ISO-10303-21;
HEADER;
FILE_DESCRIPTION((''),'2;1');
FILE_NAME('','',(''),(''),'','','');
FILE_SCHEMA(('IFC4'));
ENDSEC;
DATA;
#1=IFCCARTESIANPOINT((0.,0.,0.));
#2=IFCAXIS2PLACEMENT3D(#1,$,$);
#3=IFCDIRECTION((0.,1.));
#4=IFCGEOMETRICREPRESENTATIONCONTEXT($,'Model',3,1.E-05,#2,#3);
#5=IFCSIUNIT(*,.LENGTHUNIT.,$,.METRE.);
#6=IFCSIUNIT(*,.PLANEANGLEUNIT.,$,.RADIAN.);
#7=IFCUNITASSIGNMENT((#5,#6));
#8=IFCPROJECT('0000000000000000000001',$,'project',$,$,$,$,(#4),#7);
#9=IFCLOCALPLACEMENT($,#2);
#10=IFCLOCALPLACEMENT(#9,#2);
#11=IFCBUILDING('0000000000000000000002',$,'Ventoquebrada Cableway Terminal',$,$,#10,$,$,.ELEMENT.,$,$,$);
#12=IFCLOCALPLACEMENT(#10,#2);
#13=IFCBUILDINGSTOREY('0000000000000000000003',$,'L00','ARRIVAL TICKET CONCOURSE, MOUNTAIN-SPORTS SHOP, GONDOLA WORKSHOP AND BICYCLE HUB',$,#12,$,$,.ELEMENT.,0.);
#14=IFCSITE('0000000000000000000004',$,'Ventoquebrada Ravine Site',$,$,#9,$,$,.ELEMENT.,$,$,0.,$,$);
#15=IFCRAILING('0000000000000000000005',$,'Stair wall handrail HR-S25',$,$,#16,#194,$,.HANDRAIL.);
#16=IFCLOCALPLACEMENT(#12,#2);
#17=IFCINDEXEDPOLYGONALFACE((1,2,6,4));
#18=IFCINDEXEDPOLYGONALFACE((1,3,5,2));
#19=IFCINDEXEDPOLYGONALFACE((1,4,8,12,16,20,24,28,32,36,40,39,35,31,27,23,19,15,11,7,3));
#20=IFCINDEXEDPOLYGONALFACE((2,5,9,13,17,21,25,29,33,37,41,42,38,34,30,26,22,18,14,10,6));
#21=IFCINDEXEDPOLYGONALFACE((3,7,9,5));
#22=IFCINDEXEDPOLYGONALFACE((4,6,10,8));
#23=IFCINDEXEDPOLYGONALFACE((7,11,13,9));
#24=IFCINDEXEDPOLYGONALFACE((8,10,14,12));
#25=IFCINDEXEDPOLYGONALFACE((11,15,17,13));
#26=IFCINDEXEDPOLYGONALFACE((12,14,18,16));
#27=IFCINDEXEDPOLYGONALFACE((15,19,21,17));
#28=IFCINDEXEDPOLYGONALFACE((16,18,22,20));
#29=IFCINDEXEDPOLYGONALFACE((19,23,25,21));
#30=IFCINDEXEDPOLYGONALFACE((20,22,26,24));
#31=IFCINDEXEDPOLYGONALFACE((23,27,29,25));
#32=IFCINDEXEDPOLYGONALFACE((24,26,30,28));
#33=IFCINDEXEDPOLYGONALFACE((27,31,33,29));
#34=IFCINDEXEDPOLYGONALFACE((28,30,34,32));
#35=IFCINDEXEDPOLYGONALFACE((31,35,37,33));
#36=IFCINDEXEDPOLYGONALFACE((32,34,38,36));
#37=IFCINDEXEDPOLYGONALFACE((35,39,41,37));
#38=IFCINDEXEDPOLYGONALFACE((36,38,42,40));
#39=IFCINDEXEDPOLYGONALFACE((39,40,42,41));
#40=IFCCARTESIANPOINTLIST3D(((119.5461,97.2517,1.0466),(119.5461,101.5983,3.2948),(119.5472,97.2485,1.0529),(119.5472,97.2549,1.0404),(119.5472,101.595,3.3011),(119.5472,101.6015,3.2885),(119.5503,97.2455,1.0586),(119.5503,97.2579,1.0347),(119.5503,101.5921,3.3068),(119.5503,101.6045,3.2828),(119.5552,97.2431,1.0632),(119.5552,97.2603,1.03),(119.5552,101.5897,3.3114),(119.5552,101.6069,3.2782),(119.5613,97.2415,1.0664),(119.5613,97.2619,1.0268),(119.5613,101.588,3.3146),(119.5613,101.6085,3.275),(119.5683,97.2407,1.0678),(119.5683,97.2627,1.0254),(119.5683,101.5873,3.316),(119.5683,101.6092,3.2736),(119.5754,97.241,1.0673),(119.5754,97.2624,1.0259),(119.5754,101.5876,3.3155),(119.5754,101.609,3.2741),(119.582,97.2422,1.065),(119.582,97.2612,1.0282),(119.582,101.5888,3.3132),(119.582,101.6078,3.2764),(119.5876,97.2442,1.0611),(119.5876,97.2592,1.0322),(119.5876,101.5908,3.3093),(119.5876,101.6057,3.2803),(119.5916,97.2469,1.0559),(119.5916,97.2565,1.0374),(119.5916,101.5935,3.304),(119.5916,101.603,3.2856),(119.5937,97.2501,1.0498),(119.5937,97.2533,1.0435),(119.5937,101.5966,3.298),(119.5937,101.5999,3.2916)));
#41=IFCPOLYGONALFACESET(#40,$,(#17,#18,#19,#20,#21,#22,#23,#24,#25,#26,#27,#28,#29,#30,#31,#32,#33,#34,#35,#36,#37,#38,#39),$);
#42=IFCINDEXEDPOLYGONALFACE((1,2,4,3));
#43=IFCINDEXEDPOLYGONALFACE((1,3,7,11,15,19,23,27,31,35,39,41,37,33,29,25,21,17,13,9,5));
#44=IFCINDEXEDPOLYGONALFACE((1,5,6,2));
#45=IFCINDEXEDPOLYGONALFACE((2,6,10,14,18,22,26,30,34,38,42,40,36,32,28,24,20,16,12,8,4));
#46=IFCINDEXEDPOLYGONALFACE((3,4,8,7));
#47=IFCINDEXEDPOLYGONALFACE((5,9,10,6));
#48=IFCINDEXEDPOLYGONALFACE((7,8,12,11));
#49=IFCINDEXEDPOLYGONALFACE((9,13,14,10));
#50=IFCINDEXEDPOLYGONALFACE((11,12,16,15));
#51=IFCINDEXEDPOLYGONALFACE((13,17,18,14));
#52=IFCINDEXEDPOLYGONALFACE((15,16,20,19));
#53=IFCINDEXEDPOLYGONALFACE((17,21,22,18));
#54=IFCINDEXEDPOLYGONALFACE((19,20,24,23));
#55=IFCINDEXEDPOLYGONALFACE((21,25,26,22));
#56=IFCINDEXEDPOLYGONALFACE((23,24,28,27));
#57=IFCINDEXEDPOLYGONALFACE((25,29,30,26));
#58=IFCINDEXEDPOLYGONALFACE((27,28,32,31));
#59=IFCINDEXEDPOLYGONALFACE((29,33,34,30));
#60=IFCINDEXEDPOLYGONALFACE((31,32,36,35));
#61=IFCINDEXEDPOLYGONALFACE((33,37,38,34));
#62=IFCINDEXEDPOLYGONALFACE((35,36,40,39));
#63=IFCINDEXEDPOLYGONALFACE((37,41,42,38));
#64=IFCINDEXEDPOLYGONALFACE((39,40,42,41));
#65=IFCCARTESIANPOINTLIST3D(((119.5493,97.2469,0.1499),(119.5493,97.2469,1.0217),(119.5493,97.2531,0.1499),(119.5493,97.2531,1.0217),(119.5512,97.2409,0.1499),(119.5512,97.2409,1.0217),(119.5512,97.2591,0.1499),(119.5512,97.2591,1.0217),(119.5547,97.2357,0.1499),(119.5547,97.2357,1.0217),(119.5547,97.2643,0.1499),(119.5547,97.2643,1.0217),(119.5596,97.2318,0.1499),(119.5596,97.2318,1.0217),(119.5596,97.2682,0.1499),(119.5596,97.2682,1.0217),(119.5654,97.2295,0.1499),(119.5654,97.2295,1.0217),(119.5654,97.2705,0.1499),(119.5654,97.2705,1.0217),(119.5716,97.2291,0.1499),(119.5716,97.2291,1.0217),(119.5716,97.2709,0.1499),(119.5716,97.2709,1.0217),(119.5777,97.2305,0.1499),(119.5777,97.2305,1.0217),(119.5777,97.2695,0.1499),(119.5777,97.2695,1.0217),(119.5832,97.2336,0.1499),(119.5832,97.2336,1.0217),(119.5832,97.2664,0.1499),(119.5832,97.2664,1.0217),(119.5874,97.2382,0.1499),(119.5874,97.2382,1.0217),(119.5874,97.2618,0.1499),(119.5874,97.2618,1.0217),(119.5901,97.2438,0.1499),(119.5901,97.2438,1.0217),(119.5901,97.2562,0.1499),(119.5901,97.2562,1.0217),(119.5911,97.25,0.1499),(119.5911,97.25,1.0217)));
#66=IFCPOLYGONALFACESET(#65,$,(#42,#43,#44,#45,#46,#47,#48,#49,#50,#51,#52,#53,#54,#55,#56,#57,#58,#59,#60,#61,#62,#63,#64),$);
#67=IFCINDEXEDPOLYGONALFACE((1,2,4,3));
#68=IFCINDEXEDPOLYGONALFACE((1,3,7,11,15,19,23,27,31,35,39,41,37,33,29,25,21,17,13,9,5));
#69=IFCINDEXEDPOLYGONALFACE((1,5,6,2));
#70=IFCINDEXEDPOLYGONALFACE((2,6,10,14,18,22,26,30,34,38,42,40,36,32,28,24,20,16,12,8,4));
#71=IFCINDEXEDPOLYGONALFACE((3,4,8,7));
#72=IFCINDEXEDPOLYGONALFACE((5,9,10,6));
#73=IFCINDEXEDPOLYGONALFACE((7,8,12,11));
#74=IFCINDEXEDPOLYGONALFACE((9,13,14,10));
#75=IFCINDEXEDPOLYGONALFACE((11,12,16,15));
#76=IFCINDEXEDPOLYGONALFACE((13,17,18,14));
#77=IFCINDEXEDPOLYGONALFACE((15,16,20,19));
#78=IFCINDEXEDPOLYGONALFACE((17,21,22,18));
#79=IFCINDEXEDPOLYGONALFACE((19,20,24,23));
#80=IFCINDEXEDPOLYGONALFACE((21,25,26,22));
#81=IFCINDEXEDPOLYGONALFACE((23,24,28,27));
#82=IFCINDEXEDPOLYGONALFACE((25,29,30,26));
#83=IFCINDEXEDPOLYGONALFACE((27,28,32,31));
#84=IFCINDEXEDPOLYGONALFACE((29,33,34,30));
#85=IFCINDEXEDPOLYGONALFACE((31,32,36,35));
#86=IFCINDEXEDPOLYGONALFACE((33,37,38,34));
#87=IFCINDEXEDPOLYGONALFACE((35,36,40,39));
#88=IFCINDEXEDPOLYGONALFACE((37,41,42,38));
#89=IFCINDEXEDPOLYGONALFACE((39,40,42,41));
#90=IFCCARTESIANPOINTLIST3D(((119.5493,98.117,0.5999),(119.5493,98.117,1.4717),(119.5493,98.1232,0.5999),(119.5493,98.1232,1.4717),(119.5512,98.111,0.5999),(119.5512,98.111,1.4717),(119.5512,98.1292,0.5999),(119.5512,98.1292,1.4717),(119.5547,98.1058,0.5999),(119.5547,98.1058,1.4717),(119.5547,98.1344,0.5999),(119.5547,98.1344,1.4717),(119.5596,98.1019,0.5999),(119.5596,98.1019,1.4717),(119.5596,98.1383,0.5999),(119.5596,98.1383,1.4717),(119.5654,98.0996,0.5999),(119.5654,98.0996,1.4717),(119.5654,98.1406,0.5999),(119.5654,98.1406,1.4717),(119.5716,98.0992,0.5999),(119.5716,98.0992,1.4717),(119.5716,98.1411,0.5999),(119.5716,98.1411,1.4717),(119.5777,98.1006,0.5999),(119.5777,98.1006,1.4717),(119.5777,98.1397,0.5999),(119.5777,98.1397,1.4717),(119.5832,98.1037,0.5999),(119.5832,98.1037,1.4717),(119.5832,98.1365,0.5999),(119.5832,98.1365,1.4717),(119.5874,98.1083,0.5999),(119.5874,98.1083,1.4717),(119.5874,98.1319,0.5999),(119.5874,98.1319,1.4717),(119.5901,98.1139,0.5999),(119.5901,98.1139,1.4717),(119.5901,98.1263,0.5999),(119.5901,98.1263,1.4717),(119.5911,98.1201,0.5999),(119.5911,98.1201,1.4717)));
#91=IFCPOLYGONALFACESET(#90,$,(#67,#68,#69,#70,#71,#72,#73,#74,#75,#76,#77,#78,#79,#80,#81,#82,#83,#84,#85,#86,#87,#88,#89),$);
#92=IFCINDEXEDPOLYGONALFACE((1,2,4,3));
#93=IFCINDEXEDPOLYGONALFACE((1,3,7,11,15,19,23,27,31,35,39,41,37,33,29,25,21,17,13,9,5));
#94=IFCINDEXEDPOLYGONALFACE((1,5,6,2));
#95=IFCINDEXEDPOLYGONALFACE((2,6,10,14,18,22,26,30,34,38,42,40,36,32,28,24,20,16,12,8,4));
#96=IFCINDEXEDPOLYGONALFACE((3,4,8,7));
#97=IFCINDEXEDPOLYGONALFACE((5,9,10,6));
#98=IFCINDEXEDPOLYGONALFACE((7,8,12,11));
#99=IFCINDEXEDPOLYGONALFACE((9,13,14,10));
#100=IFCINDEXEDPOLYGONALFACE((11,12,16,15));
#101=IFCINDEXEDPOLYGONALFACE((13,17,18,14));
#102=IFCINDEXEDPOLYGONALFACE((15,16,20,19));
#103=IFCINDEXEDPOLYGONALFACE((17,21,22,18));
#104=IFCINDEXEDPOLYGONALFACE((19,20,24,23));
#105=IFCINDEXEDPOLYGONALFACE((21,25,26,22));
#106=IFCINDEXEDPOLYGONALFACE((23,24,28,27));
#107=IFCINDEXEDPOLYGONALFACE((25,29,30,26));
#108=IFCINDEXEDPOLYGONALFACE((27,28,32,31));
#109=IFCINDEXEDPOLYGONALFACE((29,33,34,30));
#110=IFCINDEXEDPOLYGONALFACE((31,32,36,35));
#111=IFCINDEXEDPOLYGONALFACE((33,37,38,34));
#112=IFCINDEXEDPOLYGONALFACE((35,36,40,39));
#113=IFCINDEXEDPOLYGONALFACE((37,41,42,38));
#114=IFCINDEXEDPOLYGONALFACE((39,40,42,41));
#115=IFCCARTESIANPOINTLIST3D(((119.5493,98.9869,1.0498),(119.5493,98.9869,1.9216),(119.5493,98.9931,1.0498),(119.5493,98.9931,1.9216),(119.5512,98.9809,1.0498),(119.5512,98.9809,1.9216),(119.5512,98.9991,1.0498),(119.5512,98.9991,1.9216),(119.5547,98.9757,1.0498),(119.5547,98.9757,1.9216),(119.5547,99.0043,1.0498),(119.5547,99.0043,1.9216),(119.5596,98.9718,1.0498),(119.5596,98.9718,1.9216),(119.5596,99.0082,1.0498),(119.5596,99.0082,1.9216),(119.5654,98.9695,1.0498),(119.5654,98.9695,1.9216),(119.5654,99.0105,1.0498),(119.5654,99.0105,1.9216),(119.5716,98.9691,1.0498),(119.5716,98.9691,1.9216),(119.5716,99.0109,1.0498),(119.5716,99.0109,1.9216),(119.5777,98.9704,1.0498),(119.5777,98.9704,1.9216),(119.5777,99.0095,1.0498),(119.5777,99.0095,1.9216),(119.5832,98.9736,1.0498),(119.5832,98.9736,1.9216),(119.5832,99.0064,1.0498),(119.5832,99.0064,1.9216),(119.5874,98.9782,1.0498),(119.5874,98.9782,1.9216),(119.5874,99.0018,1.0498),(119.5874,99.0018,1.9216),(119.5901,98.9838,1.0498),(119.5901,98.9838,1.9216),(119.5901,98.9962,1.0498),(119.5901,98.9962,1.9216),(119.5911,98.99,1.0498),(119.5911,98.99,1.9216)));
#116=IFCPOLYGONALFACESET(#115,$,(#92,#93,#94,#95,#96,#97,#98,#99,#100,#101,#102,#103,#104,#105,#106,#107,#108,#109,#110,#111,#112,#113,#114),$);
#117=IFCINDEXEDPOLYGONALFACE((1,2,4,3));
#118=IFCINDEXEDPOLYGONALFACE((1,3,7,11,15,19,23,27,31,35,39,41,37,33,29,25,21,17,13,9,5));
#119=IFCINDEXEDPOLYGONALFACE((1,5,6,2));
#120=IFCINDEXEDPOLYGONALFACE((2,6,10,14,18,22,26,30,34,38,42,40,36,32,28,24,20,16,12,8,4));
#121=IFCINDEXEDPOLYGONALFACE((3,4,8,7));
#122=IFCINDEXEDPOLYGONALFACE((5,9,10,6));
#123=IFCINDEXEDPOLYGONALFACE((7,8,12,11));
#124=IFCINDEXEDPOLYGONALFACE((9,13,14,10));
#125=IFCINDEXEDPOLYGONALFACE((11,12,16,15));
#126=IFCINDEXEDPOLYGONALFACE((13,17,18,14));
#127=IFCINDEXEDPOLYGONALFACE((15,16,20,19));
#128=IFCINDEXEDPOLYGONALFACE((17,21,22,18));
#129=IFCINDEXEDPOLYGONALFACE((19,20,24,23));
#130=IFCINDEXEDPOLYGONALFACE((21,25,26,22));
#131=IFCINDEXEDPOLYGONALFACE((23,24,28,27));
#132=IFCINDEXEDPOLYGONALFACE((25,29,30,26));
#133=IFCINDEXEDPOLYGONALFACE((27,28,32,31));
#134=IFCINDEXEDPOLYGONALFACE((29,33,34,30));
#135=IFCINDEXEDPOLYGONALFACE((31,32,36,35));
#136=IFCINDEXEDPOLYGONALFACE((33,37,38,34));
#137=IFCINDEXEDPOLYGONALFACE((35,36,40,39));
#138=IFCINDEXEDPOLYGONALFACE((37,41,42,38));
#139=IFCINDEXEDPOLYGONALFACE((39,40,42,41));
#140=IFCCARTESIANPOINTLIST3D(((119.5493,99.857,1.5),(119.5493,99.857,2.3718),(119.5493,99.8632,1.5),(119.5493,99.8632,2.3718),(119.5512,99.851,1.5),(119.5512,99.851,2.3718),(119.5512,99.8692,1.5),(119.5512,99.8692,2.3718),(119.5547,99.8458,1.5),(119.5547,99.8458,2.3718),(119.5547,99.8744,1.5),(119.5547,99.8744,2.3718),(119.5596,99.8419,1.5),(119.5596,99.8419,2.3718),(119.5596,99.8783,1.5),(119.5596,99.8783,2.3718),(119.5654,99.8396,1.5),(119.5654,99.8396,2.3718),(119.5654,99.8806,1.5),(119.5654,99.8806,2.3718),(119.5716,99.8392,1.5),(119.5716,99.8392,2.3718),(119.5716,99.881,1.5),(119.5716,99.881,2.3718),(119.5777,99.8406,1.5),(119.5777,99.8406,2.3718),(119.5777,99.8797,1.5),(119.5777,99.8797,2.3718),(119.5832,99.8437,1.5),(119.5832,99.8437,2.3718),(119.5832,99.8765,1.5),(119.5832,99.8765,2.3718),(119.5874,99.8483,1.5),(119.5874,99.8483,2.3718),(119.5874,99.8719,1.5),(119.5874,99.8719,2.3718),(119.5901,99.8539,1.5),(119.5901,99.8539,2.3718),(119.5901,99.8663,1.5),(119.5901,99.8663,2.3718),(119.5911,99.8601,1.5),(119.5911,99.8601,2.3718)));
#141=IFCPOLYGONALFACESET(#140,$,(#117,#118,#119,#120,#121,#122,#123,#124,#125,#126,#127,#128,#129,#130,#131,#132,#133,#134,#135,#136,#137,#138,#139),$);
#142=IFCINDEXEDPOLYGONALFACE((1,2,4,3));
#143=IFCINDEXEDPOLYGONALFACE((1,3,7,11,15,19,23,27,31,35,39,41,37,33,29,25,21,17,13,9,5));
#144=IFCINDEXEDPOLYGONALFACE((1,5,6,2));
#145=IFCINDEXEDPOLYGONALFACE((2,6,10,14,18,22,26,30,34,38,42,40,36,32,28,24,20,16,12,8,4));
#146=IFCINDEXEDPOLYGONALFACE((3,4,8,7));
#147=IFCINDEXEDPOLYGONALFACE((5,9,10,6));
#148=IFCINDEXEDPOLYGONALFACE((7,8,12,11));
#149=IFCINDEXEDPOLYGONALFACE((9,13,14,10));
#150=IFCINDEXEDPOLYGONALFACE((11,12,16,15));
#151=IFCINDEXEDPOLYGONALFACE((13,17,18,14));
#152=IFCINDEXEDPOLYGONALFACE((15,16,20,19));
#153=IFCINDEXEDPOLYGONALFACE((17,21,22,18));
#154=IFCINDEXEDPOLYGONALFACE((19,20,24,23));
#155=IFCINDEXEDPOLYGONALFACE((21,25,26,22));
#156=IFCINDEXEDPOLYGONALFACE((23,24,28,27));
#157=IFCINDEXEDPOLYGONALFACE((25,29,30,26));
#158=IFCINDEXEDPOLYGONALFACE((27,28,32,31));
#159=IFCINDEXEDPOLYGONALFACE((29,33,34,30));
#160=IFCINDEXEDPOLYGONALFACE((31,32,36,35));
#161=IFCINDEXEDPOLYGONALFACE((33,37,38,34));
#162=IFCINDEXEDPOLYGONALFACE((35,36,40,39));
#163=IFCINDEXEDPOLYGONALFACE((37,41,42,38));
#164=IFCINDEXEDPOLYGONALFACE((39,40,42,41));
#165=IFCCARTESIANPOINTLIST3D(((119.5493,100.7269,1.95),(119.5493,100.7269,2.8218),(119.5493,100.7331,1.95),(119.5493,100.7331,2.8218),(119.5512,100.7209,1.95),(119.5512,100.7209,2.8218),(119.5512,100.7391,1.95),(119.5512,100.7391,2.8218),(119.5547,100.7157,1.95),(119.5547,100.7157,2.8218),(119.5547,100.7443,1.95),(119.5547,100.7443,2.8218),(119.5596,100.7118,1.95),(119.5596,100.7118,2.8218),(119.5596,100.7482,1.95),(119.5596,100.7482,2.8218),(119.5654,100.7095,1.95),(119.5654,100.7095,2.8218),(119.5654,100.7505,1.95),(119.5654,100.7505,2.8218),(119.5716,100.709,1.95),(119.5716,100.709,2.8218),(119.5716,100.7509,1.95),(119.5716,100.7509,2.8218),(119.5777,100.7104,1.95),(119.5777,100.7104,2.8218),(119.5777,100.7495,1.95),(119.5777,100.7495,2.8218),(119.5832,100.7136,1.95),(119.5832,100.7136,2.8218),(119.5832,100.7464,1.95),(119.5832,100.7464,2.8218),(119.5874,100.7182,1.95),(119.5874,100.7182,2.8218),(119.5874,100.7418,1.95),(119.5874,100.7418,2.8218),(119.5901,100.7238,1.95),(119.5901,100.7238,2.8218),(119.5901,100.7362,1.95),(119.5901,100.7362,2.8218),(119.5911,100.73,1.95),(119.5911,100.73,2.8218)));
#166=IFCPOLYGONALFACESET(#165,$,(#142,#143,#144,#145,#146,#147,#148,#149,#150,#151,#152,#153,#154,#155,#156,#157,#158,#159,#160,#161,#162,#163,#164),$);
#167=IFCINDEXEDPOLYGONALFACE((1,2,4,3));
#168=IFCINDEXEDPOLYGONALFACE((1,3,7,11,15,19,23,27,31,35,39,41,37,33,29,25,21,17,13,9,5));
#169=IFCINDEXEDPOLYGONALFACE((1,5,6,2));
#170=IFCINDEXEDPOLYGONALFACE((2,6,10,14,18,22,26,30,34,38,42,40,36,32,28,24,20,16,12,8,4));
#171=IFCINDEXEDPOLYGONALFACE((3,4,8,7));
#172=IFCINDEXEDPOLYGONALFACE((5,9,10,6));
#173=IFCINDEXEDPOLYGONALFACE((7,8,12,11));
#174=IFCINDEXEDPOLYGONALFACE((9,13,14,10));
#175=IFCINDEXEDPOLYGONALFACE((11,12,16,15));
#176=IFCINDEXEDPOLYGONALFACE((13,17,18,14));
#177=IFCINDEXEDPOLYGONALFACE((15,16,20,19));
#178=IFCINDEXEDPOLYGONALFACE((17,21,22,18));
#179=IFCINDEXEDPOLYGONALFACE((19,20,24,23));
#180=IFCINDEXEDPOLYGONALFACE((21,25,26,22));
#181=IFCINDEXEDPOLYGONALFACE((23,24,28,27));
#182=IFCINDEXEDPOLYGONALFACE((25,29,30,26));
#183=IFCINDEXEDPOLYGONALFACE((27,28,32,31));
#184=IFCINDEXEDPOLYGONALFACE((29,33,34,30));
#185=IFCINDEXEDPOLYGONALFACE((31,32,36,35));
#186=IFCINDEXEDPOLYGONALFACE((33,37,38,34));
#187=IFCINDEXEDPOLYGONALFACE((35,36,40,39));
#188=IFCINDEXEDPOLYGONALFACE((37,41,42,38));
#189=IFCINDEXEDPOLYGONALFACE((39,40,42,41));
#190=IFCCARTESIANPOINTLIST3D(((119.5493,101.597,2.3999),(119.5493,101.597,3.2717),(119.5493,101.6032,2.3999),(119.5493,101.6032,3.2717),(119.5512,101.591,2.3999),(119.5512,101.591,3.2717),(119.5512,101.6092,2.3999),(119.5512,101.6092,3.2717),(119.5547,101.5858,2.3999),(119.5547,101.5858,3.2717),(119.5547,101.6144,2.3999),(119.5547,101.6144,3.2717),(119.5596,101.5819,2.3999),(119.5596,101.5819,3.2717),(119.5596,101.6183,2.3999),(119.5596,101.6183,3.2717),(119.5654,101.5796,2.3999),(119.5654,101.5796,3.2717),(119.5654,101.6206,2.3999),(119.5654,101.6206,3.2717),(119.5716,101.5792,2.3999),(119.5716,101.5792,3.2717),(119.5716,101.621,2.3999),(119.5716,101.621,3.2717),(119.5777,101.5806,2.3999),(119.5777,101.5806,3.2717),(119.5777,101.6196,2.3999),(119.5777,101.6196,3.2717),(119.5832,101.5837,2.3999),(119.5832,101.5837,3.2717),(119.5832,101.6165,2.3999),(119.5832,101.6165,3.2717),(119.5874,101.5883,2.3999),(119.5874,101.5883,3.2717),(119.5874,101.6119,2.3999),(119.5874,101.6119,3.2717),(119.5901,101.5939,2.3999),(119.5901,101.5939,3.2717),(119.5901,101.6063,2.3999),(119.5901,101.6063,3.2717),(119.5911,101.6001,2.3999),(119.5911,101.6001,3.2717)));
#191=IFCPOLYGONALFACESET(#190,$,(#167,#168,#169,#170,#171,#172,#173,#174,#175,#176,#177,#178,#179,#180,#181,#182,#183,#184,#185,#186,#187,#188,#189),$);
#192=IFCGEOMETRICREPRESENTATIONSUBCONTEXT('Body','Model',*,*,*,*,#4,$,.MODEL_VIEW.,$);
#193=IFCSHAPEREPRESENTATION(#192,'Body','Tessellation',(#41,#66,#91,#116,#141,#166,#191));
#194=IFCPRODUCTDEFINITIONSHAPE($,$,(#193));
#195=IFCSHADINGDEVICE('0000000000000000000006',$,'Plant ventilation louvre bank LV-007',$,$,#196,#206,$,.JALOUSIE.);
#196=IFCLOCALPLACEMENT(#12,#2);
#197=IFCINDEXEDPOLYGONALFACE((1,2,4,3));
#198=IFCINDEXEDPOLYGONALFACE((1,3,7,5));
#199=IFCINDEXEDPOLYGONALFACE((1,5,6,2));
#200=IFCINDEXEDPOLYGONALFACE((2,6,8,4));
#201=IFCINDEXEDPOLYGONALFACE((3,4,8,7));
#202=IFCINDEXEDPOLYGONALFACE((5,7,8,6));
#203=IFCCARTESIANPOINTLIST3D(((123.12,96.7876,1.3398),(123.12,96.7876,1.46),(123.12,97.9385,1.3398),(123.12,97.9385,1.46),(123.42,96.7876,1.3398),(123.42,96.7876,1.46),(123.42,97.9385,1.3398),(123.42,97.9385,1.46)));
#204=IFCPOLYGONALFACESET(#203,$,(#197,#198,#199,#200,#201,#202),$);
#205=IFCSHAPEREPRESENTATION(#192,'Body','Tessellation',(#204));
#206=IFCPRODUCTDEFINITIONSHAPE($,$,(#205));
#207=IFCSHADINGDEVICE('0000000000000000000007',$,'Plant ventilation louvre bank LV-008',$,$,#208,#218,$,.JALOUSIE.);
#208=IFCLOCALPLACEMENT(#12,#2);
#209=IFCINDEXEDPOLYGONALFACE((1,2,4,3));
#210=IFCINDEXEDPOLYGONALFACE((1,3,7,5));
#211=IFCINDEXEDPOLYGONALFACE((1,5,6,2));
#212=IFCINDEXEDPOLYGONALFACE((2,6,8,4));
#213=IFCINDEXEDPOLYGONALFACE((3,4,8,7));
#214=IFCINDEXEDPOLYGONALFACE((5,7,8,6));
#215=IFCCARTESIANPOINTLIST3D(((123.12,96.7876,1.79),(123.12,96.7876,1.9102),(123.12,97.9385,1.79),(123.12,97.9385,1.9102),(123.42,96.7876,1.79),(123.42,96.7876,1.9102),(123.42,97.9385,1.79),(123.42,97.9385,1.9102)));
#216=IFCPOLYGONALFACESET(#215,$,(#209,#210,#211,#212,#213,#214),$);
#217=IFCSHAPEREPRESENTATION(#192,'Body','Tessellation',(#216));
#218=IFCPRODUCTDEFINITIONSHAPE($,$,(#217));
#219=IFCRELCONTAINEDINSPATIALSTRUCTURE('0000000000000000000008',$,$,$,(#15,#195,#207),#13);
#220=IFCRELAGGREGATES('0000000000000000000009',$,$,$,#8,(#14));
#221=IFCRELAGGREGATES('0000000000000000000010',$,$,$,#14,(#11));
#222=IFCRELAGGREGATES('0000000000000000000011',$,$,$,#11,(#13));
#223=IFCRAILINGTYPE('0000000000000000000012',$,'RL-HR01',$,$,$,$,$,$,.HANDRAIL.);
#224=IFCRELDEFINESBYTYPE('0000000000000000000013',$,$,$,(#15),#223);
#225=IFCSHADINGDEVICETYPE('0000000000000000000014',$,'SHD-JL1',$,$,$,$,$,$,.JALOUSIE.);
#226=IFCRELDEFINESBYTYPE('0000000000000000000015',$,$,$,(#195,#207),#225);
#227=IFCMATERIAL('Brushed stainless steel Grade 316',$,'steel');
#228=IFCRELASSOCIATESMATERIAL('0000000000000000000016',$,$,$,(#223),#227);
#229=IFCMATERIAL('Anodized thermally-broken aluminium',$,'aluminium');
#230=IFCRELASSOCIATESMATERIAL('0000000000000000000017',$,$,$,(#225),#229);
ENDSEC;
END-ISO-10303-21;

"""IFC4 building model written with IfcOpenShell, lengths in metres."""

from ifc_helpers import new_model, si_unit, direction, frame, origin, origin_2d, place, context, subcontext, project, spatial, rectangle, circle, extrude, material, type_object, element, save


model = new_model("IFC4")

# Units and contexts
model_context = context("Model", 3, precision=1e-05, world=origin(), true_north=direction((0.0, 1.0)))
body_context = subcontext(model_context, "Body", "Model", "MODEL_VIEW")
ifc_project = project(units=[si_unit("LENGTHUNIT", "METRE"), si_unit("PLANEANGLEUNIT", "RADIAN")], contexts=[model_context])

# Site, building, storey
site_placement = place(None, origin())
site = spatial("IfcSite", under=ifc_project, at=site_placement, Name="Ventoquebrada Ravine Site", CompositionType="ELEMENT", RefElevation=0.0)
building_placement = place(site_placement, origin())
building = spatial("IfcBuilding", under=site, at=building_placement, Name="Ventoquebrada Cableway Terminal", CompositionType="ELEMENT")
storey_placement = place(building_placement, origin())
storey = spatial("IfcBuildingStorey", under=building, at=storey_placement, Name="L00", Description="ARRIVAL TICKET CONCOURSE, MOUNTAIN-SPORTS SHOP, GONDOLA WORKSHOP AND BICYCLE HUB", CompositionType="ELEMENT", Elevation=0.0)

# Railing
ifc_material_1 = material(Name="Brushed stainless steel Grade 316", Category="steel")
railing_type = type_object("IfcRailingType", Name="RL-HR01", PredefinedType="HANDRAIL", material=ifc_material_1)
railing_placement = place(storey_placement, frame((119.5701, 97.25, 0.1499)))
element("IfcRailing", 1, at=railing_placement, inside=storey, type_object=railing_type, Name="Stair wall handrail HR-S25", PredefinedType="HANDRAIL", context=body_context, shape_type="SweptSolid", body=[
    extrude(circle(Radius=0.0239, at=origin_2d()), frame((0.0, 0.0017, 0.8967), z_axis=(0.0, 0.888222, 0.459415), x_axis=(-1.0, 0.0, 0.0)), (0.0, 0.0, 1.0), 4.8936),
    extrude(circle(Radius=0.021, at=origin_2d()), origin(), (0.0, 0.0, 1.0), 0.8718),
    extrude(circle(Radius=0.021, at=origin_2d()), frame((0.0, 0.8701, 0.45)), (0.0, 0.0, 1.0), 0.8718),
    extrude(circle(Radius=0.021, at=origin_2d()), frame((0.0, 1.74, 0.8999)), (0.0, 0.0, 1.0), 0.8718),
    extrude(circle(Radius=0.021, at=origin_2d()), frame((0.0, 2.6101, 1.3501)), (0.0, 0.0, 1.0), 0.8718),
    extrude(circle(Radius=0.021, at=origin_2d()), frame((0.0, 3.48, 1.8)), (0.0, 0.0, 1.0), 0.8718),
    extrude(circle(Radius=0.021, at=origin_2d()), frame((0.0, 4.3501, 2.25)), (0.0, 0.0, 1.0), 0.8718),
])

# Shading devices
ifc_material_2 = material(Name="Anodized thermally-broken aluminium", Category="aluminium")
shading_device_type = type_object("IfcShadingDeviceType", Name="SHD-JL1", PredefinedType="JALOUSIE", material=ifc_material_2)
for number, where, z_axis, x_axis, name in (
    (2, (123.27, 97.363, 1.3398), (0.0, 0.0, 1.0), (0.0, 1.0, 0.0), "Plant ventilation louvre bank LV-007"),
    (3, (123.27, 97.363, 1.79), (0.0, 0.0, 1.0), (0.0, 1.0, 0.0), "Plant ventilation louvre bank LV-008"),
):
    element("IfcShadingDevice", number, at=place(storey_placement, frame(where, z_axis=z_axis, x_axis=x_axis)), inside=storey, type_object=shading_device_type, Name=name, PredefinedType="JALOUSIE", context=body_context, shape_type="SweptSolid", body=[
        extrude(rectangle(XDim=1.1509, YDim=0.3, at=origin_2d()), origin(), (0.0, 0.0, 1.0), 0.1201),
    ])

save(model, "model.ifc")
